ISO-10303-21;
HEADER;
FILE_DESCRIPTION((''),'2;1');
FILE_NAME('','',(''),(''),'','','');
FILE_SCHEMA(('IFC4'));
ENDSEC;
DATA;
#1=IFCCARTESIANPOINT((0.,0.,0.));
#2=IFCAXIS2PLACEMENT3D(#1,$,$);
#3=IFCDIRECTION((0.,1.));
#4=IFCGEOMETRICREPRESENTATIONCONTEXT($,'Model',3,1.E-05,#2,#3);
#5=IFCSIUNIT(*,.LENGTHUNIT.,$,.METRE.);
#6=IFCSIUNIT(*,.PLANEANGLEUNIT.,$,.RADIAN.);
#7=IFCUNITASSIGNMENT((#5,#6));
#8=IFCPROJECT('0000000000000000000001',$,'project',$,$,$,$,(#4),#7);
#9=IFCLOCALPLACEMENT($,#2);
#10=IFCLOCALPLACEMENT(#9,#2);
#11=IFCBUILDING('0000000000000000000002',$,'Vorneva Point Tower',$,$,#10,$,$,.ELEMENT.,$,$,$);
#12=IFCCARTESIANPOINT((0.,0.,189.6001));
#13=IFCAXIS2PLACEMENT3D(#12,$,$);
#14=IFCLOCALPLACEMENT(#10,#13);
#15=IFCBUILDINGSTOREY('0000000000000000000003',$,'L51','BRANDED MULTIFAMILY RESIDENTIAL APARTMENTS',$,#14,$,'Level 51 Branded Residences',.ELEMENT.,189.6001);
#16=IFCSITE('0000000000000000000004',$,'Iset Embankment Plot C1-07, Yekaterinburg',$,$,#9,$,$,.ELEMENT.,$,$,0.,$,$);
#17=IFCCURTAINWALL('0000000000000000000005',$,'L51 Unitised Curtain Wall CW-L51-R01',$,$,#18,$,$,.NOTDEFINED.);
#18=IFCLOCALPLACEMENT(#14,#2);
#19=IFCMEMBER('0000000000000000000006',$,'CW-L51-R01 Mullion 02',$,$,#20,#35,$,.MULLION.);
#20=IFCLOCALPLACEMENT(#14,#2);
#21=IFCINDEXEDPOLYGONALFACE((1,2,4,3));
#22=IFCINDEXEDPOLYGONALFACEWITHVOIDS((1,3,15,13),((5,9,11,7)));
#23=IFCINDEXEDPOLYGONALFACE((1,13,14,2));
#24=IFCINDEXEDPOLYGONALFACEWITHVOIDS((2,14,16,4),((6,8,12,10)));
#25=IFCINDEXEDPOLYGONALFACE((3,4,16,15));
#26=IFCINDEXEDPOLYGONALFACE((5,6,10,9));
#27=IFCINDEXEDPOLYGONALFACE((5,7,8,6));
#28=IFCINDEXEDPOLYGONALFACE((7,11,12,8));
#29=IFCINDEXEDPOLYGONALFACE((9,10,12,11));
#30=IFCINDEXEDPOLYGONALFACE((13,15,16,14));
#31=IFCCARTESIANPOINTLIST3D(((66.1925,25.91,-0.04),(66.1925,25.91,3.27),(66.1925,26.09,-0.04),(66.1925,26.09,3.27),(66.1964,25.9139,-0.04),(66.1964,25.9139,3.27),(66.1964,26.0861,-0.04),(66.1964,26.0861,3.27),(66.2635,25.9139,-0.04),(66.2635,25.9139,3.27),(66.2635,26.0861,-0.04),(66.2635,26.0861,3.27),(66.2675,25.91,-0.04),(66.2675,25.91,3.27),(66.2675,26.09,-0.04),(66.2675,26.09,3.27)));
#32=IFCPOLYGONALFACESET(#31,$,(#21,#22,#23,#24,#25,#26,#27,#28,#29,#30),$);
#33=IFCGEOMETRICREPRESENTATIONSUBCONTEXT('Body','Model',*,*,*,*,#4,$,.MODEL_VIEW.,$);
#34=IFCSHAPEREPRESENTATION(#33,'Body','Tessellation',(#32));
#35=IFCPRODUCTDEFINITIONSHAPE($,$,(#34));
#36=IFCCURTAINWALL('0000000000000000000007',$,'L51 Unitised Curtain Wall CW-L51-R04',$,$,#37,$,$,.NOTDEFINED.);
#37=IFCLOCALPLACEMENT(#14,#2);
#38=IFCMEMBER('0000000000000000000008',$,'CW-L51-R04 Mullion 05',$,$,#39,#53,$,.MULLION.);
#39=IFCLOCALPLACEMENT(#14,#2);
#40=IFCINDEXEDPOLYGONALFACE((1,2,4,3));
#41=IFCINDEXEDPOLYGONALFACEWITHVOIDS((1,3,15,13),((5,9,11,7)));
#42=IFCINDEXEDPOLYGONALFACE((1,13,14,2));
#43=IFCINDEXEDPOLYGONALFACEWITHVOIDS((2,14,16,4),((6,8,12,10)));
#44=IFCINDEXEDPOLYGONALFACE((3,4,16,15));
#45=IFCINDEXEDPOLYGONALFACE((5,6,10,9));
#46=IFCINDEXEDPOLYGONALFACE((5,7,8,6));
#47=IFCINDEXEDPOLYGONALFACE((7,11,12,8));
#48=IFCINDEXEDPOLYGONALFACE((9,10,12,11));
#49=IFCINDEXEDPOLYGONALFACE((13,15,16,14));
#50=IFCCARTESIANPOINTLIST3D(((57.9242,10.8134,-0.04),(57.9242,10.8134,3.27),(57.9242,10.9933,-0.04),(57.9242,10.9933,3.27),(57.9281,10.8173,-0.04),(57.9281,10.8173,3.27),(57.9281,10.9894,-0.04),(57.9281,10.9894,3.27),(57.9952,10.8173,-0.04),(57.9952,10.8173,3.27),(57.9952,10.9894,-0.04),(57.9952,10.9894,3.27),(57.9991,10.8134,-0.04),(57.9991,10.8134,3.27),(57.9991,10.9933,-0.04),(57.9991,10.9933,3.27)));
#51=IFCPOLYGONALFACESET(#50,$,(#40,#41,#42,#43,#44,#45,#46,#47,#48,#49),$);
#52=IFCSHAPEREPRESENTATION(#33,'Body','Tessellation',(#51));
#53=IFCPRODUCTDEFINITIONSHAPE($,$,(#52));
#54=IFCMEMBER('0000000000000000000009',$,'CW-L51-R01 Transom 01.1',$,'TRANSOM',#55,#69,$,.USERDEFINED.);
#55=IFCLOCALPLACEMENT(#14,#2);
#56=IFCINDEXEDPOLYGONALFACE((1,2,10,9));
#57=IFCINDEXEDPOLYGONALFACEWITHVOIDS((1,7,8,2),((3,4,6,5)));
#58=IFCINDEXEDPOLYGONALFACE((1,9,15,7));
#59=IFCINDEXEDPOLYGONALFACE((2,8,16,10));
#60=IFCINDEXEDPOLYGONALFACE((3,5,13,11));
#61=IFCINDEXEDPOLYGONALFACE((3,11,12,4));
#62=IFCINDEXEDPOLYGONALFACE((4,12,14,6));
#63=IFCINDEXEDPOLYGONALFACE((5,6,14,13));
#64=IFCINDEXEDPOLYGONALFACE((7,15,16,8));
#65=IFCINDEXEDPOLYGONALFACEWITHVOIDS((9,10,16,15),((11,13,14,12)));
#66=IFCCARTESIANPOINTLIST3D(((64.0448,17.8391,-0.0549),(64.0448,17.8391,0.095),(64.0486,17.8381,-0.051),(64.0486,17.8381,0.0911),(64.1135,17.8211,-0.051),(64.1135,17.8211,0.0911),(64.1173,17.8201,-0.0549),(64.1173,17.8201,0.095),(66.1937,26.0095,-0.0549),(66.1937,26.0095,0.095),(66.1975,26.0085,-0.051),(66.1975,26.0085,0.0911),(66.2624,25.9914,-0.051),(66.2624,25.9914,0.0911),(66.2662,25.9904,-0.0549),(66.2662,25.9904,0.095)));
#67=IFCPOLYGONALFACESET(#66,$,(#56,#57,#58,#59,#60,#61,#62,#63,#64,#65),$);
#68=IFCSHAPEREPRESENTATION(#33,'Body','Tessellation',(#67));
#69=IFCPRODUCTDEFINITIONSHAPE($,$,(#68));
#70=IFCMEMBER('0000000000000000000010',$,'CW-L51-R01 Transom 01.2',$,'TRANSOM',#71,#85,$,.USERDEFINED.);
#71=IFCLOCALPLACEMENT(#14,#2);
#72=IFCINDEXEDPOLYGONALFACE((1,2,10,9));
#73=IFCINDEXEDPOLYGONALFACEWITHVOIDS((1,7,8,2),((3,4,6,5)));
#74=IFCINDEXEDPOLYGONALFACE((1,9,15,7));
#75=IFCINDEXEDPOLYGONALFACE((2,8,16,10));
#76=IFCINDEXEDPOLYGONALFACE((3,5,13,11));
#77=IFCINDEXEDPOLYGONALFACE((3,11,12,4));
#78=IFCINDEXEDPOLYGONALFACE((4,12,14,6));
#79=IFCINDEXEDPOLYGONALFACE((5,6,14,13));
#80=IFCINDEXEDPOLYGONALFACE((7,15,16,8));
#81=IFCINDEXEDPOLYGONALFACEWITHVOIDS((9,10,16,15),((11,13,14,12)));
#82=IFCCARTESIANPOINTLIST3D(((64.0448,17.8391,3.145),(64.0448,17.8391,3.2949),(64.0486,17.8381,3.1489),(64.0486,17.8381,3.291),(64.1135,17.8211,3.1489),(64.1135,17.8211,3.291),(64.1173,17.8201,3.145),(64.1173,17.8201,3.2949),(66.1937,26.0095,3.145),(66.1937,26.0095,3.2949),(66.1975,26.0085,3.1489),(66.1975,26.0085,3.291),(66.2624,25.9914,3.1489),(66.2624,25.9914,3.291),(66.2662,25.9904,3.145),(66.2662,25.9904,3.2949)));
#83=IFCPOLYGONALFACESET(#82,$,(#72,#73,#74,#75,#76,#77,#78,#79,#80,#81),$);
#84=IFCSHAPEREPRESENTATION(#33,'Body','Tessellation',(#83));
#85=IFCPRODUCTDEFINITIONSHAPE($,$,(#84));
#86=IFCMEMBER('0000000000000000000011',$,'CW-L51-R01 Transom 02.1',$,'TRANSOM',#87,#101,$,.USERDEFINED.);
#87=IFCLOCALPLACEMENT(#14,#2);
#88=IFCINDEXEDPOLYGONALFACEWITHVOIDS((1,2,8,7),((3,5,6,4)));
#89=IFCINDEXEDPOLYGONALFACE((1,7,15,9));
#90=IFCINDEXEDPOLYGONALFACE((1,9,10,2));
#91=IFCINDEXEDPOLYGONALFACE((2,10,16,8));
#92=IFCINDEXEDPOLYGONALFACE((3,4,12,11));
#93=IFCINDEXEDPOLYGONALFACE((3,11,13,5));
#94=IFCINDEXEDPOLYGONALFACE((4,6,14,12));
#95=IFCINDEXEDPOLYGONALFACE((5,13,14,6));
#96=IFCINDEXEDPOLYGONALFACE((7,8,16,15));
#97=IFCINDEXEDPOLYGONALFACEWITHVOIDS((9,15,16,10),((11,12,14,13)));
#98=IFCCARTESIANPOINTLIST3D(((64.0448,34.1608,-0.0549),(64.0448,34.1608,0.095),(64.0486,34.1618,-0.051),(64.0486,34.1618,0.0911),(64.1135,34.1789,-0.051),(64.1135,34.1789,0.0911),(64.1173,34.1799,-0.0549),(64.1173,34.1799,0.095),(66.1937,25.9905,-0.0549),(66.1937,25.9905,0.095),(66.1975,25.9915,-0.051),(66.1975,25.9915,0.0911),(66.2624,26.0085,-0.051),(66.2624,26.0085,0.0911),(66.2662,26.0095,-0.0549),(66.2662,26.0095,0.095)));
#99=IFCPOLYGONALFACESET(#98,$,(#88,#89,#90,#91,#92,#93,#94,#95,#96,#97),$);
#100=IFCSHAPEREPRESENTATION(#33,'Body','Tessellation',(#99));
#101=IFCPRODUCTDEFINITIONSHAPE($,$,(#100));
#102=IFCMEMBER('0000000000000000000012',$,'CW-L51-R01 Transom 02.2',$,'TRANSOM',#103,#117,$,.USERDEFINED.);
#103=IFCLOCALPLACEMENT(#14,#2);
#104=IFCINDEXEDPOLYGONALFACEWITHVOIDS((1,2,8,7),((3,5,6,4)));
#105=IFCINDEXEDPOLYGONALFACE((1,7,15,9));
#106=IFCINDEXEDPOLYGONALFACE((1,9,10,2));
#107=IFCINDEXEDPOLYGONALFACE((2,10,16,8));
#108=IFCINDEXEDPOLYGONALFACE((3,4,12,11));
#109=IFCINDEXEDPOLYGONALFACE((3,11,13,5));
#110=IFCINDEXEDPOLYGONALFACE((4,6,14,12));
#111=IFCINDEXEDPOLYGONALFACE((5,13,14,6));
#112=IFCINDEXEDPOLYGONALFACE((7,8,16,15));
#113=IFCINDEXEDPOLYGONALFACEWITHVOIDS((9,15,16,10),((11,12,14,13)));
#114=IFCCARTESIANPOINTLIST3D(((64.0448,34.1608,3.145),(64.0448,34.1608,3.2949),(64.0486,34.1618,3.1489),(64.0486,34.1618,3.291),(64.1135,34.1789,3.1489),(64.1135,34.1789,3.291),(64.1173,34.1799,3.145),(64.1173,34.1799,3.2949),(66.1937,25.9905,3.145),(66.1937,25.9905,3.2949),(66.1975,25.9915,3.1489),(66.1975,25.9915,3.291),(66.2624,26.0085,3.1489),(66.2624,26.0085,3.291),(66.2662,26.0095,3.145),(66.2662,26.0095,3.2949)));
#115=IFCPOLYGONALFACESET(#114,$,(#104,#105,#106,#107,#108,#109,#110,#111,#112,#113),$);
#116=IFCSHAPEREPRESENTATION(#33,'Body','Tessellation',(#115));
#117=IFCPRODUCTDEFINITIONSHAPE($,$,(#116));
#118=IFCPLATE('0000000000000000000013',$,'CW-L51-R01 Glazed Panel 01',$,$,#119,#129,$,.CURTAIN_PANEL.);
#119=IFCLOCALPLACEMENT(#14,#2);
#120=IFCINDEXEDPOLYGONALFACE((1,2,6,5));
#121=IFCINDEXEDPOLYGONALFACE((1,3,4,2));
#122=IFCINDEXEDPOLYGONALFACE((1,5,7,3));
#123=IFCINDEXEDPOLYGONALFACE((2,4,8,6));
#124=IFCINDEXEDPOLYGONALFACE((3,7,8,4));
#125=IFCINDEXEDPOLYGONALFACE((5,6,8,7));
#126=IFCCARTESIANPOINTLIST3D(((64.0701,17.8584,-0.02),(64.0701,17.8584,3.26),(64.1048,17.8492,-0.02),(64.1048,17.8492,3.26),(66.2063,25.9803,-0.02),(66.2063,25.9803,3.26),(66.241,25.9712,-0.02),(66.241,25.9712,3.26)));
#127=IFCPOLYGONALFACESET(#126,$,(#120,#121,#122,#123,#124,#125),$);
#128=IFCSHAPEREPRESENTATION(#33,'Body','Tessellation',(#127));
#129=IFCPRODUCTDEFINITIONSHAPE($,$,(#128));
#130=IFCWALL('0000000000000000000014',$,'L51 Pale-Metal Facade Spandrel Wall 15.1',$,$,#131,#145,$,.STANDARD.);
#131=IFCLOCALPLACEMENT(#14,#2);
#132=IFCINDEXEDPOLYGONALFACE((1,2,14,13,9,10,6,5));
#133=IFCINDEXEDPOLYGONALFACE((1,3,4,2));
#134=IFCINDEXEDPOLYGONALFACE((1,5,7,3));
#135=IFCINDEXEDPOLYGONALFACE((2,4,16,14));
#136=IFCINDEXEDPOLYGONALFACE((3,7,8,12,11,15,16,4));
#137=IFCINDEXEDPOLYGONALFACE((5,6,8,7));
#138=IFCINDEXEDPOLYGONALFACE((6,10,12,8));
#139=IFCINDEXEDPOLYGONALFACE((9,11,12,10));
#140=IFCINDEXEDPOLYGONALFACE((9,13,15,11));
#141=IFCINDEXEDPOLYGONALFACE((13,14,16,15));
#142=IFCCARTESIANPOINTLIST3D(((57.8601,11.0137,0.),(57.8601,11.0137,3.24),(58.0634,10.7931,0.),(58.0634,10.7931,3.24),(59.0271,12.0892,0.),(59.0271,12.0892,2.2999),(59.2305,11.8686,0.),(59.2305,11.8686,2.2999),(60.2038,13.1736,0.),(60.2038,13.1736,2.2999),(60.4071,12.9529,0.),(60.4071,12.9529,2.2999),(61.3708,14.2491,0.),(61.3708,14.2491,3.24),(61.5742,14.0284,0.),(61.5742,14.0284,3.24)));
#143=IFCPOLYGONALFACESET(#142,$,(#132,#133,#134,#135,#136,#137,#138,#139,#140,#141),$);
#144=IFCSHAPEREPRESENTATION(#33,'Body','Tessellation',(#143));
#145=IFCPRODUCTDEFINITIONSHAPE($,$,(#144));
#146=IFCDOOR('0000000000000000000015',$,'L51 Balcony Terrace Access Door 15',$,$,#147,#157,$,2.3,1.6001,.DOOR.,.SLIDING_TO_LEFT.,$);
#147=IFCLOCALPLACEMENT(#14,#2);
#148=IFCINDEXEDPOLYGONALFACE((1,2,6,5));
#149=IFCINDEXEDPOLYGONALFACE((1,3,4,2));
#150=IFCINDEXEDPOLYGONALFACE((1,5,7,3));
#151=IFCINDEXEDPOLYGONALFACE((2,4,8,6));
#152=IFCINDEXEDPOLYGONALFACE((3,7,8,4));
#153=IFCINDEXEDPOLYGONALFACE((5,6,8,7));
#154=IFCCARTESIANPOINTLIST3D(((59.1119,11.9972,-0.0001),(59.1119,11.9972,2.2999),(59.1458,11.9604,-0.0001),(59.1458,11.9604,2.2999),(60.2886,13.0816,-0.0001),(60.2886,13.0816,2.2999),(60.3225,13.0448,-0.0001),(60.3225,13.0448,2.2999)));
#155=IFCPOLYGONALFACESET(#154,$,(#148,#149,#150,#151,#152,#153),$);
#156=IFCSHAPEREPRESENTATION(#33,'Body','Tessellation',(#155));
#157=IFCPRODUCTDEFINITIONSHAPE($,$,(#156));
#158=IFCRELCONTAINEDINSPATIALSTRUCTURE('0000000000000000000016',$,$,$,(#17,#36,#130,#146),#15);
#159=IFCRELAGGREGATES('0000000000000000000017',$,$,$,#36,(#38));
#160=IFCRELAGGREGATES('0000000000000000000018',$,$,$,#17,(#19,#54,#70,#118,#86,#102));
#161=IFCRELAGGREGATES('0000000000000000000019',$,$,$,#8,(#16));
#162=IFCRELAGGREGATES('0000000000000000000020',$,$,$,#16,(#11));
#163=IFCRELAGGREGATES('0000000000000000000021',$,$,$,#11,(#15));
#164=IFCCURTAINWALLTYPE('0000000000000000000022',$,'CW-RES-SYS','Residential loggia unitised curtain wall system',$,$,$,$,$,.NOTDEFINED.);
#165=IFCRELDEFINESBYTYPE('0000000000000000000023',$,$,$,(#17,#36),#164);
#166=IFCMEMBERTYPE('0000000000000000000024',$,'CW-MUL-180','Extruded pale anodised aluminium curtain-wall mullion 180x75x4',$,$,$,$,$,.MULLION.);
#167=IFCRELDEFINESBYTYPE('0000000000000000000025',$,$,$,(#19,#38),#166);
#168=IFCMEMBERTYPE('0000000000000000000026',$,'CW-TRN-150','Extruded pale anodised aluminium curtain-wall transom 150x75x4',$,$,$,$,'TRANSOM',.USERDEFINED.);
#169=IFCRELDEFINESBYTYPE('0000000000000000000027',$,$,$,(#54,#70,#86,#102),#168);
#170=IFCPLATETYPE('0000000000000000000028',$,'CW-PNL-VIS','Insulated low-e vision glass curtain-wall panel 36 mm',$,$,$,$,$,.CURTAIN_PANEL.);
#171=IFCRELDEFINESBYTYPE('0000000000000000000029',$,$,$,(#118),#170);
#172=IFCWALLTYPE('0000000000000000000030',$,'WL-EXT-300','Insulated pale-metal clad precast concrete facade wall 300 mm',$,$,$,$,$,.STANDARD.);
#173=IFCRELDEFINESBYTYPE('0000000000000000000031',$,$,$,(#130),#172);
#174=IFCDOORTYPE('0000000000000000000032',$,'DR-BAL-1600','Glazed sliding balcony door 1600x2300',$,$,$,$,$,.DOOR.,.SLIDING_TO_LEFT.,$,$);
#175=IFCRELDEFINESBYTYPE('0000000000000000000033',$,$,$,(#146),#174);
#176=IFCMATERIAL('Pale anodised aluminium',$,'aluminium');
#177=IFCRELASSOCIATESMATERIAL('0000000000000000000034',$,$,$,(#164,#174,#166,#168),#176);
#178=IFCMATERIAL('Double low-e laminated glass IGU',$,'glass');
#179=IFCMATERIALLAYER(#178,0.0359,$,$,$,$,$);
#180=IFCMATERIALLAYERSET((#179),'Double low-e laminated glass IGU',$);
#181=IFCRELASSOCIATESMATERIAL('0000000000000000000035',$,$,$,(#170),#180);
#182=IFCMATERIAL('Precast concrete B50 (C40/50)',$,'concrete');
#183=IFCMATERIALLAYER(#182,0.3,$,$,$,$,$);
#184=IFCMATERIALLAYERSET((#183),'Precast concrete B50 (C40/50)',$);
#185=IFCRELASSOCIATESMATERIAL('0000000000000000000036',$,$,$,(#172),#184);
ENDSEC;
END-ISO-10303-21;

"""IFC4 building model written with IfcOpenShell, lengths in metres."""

from ifc_helpers import new_model, si_unit, direction, frame, frame_2d, origin, origin_2d, place, context, subcontext, project, spatial, rectangle, hollow_rectangle, extrude, material, layer, layer_set, material_profile, profile_set, type_object, element, fill, aggregate, save


model = new_model("IFC4")

# Units and contexts
model_context = context("Model", 3, precision=1e-05, world=origin(), true_north=direction((0.0, 1.0)))
body_context = subcontext(model_context, "Body", "Model", "MODEL_VIEW")
ifc_project = project(units=[si_unit("LENGTHUNIT", "METRE"), si_unit("PLANEANGLEUNIT", "RADIAN")], contexts=[model_context])

# Site, building, storey
site_placement = place(None, origin())
site = spatial("IfcSite", under=ifc_project, at=site_placement, Name="Iset Embankment Plot C1-07, Yekaterinburg", CompositionType="ELEMENT", RefElevation=0.0)
building_placement = place(site_placement, origin())
building = spatial("IfcBuilding", under=site, at=building_placement, Name="Vorneva Point Tower", CompositionType="ELEMENT")
storey_placement = place(building_placement, frame((0.0, 0.0, 189.6001)))
storey = spatial("IfcBuildingStorey", under=building, at=storey_placement, Name="L51", Description="BRANDED MULTIFAMILY RESIDENTIAL APARTMENTS", LongName="Level 51 Branded Residences", CompositionType="ELEMENT", Elevation=189.6001)

# Curtain wall, member
ifc_material_1 = material(Name="Pale anodised aluminium", Category="aluminium")
curtain_wall_type = type_object("IfcCurtainWallType", Name="CW-RES-SYS", Description="Residential loggia unitised curtain wall system", PredefinedType="NOTDEFINED", material=ifc_material_1)
curtain_wall_1_placement = place(storey_placement, origin())
curtain_wall_1 = element("IfcCurtainWall", 1, at=curtain_wall_1_placement, inside=storey, type_object=curtain_wall_type, Name="L51 Unitised Curtain Wall CW-L51-R01", PredefinedType="NOTDEFINED")
ifc_material_profile_1 = material_profile(ifc_material_1, hollow_rectangle(XDim=0.075, YDim=0.1799, WallThickness=0.0039, at=origin_2d()), Name="AL-MUL 180x75x4")
ifc_profile_set_1 = profile_set([ifc_material_profile_1], Name="Pale anodised aluminium")
member_type_1 = type_object("IfcMemberType", Name="CW-MUL-180", Description="Extruded pale anodised aluminium curtain-wall mullion 180x75x4", PredefinedType="MULLION", material=ifc_profile_set_1)
member_1_placement = place(storey_placement, frame((66.23, 26.0, -0.04), z_axis=(0.0, 0.0, 1.0), x_axis=(1.0, 0.0, 0.0)))
member_1 = element("IfcMember", 2, at=member_1_placement, type_object=member_type_1, Name="CW-L51-R01 Mullion 02", PredefinedType="MULLION", context=body_context, shape_type="SweptSolid", body=[
    extrude(hollow_rectangle(XDim=0.075, YDim=0.1799, WallThickness=0.0039, at=origin_2d()), origin(), (0.0, 0.0, 1.0), 3.3101),
])

# Curtain wall, member
curtain_wall_2_placement = place(storey_placement, origin())
curtain_wall_2 = element("IfcCurtainWall", 3, at=curtain_wall_2_placement, inside=storey, type_object=curtain_wall_type, Name="L51 Unitised Curtain Wall CW-L51-R04", PredefinedType="NOTDEFINED")
member_2_placement = place(storey_placement, frame((57.9617, 10.9033, -0.04), z_axis=(0.0, 0.0, 1.0), x_axis=(1.0, 0.0, 0.0)))
member_2 = element("IfcMember", 4, at=member_2_placement, type_object=member_type_1, Name="CW-L51-R04 Mullion 05", PredefinedType="MULLION", context=body_context, shape_type="SweptSolid", body=[
    extrude(hollow_rectangle(XDim=0.075, YDim=0.1799, WallThickness=0.0039, at=origin_2d()), origin(), (0.0, 0.0, 1.0), 3.3101),
])
aggregate(curtain_wall_2, [member_2])

# Members
ifc_material_profile_2 = material_profile(ifc_material_1, hollow_rectangle(XDim=0.075, YDim=0.1499, WallThickness=0.0039, at=origin_2d()), Name="AL-TRN 150x75x4")
ifc_profile_set_2 = profile_set([ifc_material_profile_2], Name="Pale anodised aluminium")
member_type_2 = type_object("IfcMemberType", Name="CW-TRN-150", Description="Extruded pale anodised aluminium curtain-wall transom 150x75x4", ElementType="TRANSOM", PredefinedType="USERDEFINED", material=ifc_profile_set_2)
member_3_placement = place(storey_placement, frame((64.0811, 17.8296, 0.02), z_axis=(0.254362, 0.967109, 0.0), x_axis=(-0.967109, 0.254362, 0.0)))
member_3 = element("IfcMember", 5, at=member_3_placement, type_object=member_type_2, Name="CW-L51-R01 Transom 01.1", ObjectType="TRANSOM", PredefinedType="USERDEFINED", context=body_context, shape_type="SweptSolid", body=[
    extrude(hollow_rectangle(XDim=0.075, YDim=0.1499, WallThickness=0.0039, at=origin_2d()), origin(), (0.0, 0.0, 1.0), 8.4482),
])
member_4_placement = place(storey_placement, frame((64.0811, 17.8296, 3.22), z_axis=(0.254362, 0.967109, 0.0), x_axis=(-0.967109, 0.254362, 0.0)))
member_4 = element("IfcMember", 6, at=member_4_placement, type_object=member_type_2, Name="CW-L51-R01 Transom 01.2", ObjectType="TRANSOM", PredefinedType="USERDEFINED", context=body_context, shape_type="SweptSolid", body=[
    extrude(hollow_rectangle(XDim=0.075, YDim=0.1499, WallThickness=0.0039, at=origin_2d()), origin(), (0.0, 0.0, 1.0), 8.4482),
])
member_5_placement = place(storey_placement, frame((66.23, 26.0, 0.02), z_axis=(-0.254362, 0.967109, 0.0), x_axis=(-0.967109, -0.254362, 0.0)))
member_5 = element("IfcMember", 7, at=member_5_placement, type_object=member_type_2, Name="CW-L51-R01 Transom 02.1", ObjectType="TRANSOM", PredefinedType="USERDEFINED", context=body_context, shape_type="SweptSolid", body=[
    extrude(hollow_rectangle(XDim=0.075, YDim=0.1499, WallThickness=0.0039, at=origin_2d()), origin(), (0.0, 0.0, 1.0), 8.4482),
])
member_6_placement = place(storey_placement, frame((66.23, 26.0, 3.22), z_axis=(-0.254362, 0.967109, 0.0), x_axis=(-0.967109, -0.254362, 0.0)))
member_6 = element("IfcMember", 8, at=member_6_placement, type_object=member_type_2, Name="CW-L51-R01 Transom 02.2", ObjectType="TRANSOM", PredefinedType="USERDEFINED", context=body_context, shape_type="SweptSolid", body=[
    extrude(hollow_rectangle(XDim=0.075, YDim=0.1499, WallThickness=0.0039, at=origin_2d()), origin(), (0.0, 0.0, 1.0), 8.4482),
])

# Plate
ifc_material_2 = material(Name="Double low-e laminated glass IGU", Category="glass")
ifc_layer_1 = layer(ifc_material_2, 0.0359)
ifc_layer_set_1 = layer_set([ifc_layer_1], Name="Double low-e laminated glass IGU")
plate_type = type_object("IfcPlateType", Name="CW-PNL-VIS", Description="Insulated low-e vision glass curtain-wall panel 36 mm", PredefinedType="CURTAIN_PANEL", material=ifc_layer_set_1)
plate_placement = place(storey_placement, frame((65.1555, 21.9148, -0.02), z_axis=(0.0, 0.0, 1.0), x_axis=(0.254366, 0.967108, 0.0)))
plate = element("IfcPlate", 9, at=plate_placement, type_object=plate_type, Name="CW-L51-R01 Glazed Panel 01", PredefinedType="CURTAIN_PANEL", context=body_context, shape_type="SweptSolid", body=[
    extrude(rectangle(XDim=8.3982, YDim=0.0359, at=origin_2d()), origin(), (0.0, 0.0, 1.0), 3.28),
])
aggregate(curtain_wall_1, [member_1, member_3, member_4, plate, member_5, member_6])

# Wall, opening, door
ifc_material_3 = material(Name="Precast concrete B50 (C40/50)", Category="concrete")
ifc_layer_2 = layer(ifc_material_3, 0.3)
ifc_layer_set_2 = layer_set([ifc_layer_2], Name="Precast concrete B50 (C40/50)")
wall_type_1 = type_object("IfcWallType", Name="WL-EXT-300", Description="Insulated pale-metal clad precast concrete facade wall 300 mm", PredefinedType="STANDARD", material=ifc_layer_set_2)
wall_1_placement = place(storey_placement, frame((57.9617, 10.9033, 0.0), z_axis=(0.0, 0.0, 1.0), x_axis=(0.73536, 0.677677, 0.0)))
wall_1 = element("IfcWall", 10, at=wall_1_placement, inside=storey, type_object=wall_type_1, Name="L51 Pale-Metal Facade Spandrel Wall 15.1", PredefinedType="STANDARD", context=body_context, shape_type="SweptSolid", body=[
    extrude(rectangle(XDim=4.7742, YDim=0.3, at=frame_2d((2.3872, 0.0))), origin(), (0.0, 0.0, 1.0), 3.24),
])
opening_1_placement = place(wall_1_placement, frame((1.5872, 0.0, 0.0)))
opening_1 = element("IfcOpeningElement", 11, at=opening_1_placement, cuts=wall_1, PredefinedType="OPENING", context=body_context, shape_type="SweptSolid", body=[
    extrude(rectangle(XDim=1.6001, YDim=2.3, at=frame_2d((0.8, 1.1499))), frame((0.0, 0.165, 0.0), z_axis=(0.0, -1.0, 0.0), x_axis=(1.0, 0.0, 0.0)), (0.0, 0.0, 1.0), 0.3298),
])
door_type = type_object("IfcDoorType", Name="DR-BAL-1600", Description="Glazed sliding balcony door 1600x2300", OperationType="SLIDING_TO_LEFT", PredefinedType="DOOR", material=ifc_material_1)
door_placement = place(opening_1_placement, origin())
door = element("IfcDoor", 12, at=door_placement, inside=storey, type_object=door_type, Name="L51 Balcony Terrace Access Door 15", OperationType="SLIDING_TO_LEFT", OverallHeight=2.3, OverallWidth=1.6001, PredefinedType="DOOR", context=body_context, shape_type="SweptSolid", body=[
    extrude(rectangle(XDim=1.6001, YDim=2.3, at=frame_2d((0.8, 1.1499))), frame((0.0, 0.0249, 0.0), z_axis=(0.0, -1.0, 0.0), x_axis=(1.0, 0.0, 0.0)), (0.0, 0.0, 1.0), 0.05),
])
fill(opening_1, door)

save(model, "model.ifc")
